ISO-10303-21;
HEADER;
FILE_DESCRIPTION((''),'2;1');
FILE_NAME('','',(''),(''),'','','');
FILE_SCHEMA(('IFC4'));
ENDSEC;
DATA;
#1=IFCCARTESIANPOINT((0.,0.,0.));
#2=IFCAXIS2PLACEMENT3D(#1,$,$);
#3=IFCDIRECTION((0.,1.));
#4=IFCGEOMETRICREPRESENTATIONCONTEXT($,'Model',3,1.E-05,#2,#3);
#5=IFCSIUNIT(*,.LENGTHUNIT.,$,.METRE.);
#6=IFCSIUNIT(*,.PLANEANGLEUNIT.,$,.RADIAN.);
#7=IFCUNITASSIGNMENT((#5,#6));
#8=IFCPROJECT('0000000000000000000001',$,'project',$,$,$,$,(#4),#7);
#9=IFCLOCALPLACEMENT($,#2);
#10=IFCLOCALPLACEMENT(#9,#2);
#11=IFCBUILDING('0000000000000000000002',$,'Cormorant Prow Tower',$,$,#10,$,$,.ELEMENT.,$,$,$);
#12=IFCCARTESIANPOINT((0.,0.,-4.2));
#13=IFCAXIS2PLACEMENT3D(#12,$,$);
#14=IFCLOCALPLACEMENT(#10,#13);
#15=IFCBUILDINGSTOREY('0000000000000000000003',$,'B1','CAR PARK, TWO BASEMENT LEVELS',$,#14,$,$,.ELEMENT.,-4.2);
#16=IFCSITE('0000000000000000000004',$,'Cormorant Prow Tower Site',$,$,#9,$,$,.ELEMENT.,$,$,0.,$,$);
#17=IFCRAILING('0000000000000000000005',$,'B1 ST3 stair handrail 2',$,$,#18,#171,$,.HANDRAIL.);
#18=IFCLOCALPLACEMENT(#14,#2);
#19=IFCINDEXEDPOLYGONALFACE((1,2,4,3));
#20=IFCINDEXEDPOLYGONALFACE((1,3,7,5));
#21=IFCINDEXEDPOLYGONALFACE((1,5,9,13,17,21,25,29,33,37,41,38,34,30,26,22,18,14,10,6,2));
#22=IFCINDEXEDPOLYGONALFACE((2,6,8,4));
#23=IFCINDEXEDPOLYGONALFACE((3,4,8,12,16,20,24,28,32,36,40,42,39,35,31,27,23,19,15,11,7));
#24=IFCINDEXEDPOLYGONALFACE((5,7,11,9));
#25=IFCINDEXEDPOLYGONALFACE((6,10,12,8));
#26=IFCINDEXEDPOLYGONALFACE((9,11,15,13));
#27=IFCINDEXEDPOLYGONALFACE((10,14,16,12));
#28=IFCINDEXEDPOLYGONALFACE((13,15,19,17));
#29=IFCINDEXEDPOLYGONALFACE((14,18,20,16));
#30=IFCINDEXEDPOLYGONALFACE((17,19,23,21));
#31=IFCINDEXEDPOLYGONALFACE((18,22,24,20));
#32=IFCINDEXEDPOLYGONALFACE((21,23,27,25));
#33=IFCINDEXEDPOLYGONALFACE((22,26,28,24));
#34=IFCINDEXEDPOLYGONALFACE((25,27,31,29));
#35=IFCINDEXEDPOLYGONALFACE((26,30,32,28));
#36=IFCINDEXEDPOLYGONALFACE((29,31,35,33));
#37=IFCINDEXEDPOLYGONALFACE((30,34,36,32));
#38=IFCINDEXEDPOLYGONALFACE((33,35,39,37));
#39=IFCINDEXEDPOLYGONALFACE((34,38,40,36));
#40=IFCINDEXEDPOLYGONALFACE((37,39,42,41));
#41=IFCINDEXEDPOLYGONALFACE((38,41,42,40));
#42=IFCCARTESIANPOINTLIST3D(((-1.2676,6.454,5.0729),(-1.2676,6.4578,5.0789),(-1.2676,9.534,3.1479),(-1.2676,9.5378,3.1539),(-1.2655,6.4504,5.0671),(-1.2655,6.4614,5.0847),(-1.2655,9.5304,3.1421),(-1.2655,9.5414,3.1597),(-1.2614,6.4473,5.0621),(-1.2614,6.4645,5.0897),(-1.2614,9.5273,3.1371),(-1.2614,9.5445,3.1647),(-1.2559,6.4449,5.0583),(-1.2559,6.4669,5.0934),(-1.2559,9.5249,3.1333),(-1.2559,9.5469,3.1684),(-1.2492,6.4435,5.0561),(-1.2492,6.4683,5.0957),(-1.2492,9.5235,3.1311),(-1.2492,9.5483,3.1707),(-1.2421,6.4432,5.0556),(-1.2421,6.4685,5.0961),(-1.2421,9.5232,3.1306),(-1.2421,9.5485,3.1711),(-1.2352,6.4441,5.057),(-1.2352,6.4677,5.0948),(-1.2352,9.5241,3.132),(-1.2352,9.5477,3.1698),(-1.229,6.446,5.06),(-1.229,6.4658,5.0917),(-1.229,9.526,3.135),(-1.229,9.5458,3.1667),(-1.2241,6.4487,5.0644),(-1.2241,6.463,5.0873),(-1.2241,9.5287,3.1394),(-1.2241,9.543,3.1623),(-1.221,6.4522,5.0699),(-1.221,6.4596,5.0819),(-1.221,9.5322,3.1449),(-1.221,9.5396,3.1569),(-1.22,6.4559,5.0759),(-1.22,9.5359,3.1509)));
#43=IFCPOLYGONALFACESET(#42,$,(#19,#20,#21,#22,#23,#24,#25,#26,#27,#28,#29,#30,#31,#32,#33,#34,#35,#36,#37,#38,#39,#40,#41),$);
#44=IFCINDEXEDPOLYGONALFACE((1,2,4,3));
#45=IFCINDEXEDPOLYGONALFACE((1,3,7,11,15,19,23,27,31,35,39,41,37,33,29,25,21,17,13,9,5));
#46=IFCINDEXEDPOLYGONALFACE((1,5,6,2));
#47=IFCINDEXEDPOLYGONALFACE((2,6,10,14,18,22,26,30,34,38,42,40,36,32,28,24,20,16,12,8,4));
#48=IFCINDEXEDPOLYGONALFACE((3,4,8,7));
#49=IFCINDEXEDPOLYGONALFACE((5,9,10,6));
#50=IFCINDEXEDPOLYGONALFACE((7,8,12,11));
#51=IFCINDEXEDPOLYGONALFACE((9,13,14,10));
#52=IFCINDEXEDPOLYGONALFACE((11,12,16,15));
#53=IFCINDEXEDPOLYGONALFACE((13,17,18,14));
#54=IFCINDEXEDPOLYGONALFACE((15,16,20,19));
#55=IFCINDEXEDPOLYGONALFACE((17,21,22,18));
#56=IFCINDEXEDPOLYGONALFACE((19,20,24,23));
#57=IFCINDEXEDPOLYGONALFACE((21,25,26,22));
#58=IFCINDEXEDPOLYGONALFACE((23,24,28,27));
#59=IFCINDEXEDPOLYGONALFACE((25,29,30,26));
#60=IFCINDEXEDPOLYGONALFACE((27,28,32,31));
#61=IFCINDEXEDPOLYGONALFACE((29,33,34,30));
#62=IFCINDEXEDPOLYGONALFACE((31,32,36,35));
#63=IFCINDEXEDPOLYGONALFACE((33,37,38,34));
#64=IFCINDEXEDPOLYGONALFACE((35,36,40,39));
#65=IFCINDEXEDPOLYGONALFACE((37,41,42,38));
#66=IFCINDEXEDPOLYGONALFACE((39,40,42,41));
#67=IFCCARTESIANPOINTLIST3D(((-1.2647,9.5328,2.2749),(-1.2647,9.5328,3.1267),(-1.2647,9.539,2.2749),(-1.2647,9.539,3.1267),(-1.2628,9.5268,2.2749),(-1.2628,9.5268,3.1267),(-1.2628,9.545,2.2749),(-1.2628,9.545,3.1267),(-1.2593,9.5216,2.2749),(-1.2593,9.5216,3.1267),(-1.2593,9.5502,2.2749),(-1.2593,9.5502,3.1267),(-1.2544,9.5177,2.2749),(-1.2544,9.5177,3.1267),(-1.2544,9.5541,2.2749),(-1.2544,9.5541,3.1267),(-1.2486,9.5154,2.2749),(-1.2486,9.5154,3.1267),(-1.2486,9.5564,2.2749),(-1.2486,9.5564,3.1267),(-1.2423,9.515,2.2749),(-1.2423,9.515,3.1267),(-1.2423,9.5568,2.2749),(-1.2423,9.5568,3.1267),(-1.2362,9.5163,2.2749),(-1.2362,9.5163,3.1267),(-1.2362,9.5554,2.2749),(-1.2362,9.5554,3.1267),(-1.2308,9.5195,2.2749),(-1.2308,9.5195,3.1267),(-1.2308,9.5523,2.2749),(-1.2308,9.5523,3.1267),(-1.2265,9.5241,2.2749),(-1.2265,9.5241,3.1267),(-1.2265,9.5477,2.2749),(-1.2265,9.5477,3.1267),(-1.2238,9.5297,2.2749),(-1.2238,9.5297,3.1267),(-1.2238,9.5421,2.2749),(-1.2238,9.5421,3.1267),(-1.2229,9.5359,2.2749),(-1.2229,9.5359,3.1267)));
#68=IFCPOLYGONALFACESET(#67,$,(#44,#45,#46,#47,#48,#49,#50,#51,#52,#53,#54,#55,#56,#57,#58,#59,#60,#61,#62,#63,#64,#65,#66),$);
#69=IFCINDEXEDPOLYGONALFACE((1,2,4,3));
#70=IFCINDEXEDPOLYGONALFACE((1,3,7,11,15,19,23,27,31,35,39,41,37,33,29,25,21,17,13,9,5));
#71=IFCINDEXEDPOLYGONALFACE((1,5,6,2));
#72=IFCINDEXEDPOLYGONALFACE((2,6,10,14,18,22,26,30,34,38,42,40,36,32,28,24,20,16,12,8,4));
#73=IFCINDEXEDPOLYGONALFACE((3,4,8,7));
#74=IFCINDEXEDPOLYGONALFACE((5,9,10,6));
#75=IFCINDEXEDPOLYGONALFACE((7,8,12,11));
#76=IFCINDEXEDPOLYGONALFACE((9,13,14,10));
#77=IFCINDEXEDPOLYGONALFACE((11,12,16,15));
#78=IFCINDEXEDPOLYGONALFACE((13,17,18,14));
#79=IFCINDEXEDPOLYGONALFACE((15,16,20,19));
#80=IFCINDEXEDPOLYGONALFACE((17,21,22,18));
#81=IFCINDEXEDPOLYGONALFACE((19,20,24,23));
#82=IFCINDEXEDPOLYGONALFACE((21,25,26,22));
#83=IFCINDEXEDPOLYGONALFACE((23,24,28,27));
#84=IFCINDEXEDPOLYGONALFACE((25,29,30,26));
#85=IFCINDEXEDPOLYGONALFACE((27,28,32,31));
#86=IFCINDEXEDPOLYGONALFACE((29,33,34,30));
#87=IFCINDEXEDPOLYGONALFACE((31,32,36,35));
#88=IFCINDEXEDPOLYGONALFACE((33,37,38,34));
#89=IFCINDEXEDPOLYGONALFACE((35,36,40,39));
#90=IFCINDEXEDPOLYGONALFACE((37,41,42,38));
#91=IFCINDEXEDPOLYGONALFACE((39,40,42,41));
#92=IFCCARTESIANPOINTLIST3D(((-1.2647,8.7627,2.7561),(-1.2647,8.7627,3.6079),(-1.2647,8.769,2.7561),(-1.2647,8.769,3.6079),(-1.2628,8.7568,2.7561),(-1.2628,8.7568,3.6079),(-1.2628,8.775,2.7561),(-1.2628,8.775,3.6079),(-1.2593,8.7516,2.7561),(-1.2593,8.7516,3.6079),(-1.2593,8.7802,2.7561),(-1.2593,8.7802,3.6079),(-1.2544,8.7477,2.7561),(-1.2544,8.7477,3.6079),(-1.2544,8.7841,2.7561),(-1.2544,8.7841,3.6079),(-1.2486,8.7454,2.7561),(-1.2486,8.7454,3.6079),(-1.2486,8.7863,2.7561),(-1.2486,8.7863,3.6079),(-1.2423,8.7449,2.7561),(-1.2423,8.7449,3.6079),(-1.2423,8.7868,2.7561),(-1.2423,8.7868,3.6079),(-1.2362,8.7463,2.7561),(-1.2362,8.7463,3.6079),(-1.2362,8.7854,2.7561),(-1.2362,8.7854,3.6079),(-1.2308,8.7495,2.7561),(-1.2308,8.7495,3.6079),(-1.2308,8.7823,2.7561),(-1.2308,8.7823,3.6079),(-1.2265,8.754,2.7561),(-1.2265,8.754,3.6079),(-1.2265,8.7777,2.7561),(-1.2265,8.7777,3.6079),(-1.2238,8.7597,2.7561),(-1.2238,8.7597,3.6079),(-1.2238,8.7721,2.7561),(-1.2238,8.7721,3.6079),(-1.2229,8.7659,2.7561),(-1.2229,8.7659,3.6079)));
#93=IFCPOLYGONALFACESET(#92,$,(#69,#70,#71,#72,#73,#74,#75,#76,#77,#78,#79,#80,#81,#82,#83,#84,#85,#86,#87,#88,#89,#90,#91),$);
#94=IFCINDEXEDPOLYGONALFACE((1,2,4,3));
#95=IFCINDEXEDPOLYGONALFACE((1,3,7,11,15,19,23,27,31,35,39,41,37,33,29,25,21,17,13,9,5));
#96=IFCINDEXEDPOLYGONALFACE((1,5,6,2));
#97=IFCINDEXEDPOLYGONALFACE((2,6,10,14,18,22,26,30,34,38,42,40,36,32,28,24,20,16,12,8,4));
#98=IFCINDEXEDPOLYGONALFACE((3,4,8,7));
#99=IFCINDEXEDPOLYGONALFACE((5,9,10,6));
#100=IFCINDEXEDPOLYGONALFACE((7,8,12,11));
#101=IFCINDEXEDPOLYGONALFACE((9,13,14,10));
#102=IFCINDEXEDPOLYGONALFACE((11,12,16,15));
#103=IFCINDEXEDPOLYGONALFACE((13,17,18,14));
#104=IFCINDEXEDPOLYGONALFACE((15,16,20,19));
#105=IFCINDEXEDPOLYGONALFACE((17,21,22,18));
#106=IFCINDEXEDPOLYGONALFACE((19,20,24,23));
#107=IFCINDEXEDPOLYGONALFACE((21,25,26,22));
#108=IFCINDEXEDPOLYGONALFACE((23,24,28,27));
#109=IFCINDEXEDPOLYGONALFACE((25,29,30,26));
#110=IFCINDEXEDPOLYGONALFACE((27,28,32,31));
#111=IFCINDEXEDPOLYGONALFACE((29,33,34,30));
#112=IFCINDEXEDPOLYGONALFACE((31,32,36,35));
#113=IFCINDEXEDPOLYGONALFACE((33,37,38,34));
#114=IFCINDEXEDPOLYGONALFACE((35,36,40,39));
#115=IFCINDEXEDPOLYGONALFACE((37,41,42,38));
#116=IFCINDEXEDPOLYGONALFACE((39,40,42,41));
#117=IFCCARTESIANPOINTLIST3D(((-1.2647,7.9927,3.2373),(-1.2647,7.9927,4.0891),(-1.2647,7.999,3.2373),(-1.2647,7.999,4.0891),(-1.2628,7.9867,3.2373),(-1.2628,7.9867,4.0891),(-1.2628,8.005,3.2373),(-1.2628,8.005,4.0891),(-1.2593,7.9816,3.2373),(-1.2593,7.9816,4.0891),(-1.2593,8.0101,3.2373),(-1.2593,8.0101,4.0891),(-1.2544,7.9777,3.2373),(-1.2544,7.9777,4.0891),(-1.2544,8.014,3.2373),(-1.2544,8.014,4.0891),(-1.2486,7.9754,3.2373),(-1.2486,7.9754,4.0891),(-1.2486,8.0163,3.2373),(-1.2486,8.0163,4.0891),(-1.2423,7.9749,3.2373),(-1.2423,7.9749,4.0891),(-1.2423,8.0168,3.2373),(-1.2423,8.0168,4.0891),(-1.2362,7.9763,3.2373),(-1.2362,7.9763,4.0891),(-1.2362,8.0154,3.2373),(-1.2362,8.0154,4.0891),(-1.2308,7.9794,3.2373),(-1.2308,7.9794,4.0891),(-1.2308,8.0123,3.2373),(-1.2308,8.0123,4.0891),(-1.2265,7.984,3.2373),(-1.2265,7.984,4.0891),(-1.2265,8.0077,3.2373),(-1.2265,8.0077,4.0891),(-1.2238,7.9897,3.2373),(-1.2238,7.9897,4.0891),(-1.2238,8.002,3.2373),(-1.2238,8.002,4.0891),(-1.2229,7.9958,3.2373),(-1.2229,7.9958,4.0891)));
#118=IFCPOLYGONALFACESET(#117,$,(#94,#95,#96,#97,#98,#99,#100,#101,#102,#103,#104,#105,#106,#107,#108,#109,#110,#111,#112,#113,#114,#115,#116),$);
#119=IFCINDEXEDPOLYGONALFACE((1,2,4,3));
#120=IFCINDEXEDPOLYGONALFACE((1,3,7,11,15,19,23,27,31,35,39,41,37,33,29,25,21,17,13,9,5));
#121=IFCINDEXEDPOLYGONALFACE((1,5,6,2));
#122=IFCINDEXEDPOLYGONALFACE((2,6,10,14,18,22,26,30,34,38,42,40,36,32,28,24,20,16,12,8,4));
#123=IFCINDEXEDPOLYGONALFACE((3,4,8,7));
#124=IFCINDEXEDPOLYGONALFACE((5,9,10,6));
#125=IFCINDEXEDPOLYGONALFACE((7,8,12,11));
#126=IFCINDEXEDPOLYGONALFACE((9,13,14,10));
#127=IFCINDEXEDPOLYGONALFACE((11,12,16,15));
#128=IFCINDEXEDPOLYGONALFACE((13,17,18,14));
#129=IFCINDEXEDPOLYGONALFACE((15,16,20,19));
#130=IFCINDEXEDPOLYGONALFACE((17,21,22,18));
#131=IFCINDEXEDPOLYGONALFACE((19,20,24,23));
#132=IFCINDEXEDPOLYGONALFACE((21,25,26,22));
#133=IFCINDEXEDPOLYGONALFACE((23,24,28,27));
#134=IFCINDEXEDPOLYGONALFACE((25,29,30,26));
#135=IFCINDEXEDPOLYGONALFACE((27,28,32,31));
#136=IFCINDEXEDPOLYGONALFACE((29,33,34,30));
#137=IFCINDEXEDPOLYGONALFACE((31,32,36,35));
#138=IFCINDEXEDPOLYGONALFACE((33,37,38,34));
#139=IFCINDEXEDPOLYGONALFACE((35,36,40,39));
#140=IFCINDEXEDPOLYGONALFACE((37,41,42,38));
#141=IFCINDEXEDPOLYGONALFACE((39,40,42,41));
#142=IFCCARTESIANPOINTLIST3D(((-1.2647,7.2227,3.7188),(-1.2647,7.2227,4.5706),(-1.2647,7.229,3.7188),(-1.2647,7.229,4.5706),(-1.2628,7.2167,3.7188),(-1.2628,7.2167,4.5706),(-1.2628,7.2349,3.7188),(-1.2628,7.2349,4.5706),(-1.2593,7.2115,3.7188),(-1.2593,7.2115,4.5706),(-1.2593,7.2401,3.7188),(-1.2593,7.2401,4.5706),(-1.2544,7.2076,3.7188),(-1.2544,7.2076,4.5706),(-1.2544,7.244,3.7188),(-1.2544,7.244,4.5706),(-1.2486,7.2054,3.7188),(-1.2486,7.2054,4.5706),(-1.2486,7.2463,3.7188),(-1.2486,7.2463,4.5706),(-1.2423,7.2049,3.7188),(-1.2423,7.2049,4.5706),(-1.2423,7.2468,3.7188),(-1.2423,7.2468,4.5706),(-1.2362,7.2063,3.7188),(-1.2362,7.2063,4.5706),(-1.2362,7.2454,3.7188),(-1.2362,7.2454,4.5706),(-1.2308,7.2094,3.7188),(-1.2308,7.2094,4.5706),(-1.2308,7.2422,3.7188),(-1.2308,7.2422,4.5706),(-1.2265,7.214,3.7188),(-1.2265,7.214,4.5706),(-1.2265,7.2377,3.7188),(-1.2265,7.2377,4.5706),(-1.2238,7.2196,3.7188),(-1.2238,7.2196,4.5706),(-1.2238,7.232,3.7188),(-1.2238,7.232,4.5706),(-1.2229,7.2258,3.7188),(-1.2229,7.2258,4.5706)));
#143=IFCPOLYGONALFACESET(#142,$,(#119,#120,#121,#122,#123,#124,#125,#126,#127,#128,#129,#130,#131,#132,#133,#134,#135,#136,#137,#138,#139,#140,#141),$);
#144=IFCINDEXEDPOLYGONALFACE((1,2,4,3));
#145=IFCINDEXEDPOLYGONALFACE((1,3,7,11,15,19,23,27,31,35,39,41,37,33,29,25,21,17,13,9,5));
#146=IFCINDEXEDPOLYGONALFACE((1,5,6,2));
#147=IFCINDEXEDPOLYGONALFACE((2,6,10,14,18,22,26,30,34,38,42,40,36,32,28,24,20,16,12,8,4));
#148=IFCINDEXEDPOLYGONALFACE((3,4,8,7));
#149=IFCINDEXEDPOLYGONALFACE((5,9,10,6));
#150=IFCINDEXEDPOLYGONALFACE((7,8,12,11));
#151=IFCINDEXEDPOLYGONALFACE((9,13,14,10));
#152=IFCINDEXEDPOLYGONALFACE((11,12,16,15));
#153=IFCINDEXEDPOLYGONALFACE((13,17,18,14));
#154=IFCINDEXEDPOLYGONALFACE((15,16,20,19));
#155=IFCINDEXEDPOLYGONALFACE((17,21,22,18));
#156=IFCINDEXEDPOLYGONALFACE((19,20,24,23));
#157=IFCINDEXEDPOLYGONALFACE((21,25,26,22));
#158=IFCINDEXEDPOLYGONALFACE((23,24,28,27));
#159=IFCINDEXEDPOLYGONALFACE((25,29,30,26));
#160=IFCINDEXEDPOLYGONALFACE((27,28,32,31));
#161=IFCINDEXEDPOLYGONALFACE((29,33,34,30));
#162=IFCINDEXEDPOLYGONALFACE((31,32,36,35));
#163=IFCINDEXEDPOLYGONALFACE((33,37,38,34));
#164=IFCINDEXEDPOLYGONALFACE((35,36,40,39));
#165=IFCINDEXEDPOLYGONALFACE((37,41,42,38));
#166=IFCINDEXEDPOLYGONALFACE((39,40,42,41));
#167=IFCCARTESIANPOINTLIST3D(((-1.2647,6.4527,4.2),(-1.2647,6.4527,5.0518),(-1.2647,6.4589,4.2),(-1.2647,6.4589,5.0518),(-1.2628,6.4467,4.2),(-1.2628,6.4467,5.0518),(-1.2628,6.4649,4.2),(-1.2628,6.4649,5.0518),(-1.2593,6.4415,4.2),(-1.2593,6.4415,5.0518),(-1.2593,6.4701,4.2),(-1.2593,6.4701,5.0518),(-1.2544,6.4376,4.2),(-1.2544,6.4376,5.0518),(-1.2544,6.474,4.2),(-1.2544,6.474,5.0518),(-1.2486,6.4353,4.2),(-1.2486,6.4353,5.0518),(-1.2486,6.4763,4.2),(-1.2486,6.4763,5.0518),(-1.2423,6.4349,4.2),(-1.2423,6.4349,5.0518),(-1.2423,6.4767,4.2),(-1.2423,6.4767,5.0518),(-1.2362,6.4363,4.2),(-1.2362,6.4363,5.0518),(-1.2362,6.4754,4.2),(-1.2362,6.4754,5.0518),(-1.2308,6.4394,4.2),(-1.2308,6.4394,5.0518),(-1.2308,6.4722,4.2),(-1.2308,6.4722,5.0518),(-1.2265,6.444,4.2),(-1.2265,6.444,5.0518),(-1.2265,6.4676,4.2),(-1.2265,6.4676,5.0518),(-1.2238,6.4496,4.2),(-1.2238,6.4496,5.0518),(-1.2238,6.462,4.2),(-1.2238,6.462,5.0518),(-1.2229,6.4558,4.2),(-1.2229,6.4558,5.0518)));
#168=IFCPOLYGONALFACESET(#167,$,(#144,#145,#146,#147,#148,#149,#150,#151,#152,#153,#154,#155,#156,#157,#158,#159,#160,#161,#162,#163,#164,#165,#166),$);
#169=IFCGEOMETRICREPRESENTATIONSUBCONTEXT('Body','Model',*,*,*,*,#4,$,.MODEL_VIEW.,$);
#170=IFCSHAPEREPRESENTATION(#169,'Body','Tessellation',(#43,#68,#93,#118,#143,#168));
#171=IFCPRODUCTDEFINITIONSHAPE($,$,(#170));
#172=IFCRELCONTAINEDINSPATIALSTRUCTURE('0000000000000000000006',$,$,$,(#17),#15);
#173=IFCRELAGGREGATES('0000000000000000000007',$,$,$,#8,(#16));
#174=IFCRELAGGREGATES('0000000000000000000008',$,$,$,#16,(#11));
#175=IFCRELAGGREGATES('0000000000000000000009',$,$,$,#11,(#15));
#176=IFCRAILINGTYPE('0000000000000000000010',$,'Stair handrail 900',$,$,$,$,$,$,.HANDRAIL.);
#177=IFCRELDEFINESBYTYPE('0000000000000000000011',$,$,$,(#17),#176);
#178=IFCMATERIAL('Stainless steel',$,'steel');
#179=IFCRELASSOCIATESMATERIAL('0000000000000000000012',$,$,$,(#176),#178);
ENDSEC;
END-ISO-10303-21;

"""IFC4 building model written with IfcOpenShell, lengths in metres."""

from ifc_helpers import new_model, si_unit, direction, frame, origin, origin_2d, place, context, subcontext, project, spatial, circle, extrude, material, type_object, element, save


model = new_model("IFC4")

# Units and contexts
model_context = context("Model", 3, precision=1e-05, world=origin(), true_north=direction((0.0, 1.0)))
body_context = subcontext(model_context, "Body", "Model", "MODEL_VIEW")
ifc_project = project(units=[si_unit("LENGTHUNIT", "METRE"), si_unit("PLANEANGLEUNIT", "RADIAN")], contexts=[model_context])

# Site, building, storey
site_placement = place(None, origin())
site = spatial("IfcSite", under=ifc_project, at=site_placement, Name="Cormorant Prow Tower Site", CompositionType="ELEMENT", RefElevation=0.0)
building_placement = place(site_placement, origin())
building = spatial("IfcBuilding", under=site, at=building_placement, Name="Cormorant Prow Tower", CompositionType="ELEMENT")
storey_placement = place(building_placement, frame((0.0, 0.0, -4.2)))
storey = spatial("IfcBuildingStorey", under=building, at=storey_placement, Name="B1", Description="CAR PARK, TWO BASEMENT LEVELS", CompositionType="ELEMENT", Elevation=-4.2)

# Railing
ifc_material_1 = material(Name="Stainless steel", Category="steel")
railing_type_1 = type_object("IfcRailingType", Name="Stair handrail 900", PredefinedType="HANDRAIL", material=ifc_material_1)
railing_1_placement = place(storey_placement, frame((-1.2439, 9.5359, 2.2749)))
element("IfcRailing", 1, at=railing_1_placement, inside=storey, type_object=railing_type_1, Name="B1 ST3 stair handrail 2", PredefinedType="HANDRAIL", context=body_context, shape_type="SweptSolid", body=[
    extrude(circle(Radius=0.0239, at=origin_2d()), frame((0.0, 0.0, 0.876), z_axis=(0.0, -0.847998, 0.529999), x_axis=(1.0, 0.0, 0.0)), (0.0, 0.0, 1.0), 3.6321),
    extrude(circle(Radius=0.021, at=origin_2d()), origin(), (0.0, 0.0, 1.0), 0.8518),
    extrude(circle(Radius=0.021, at=origin_2d()), frame((0.0, -0.77, 0.4812)), (0.0, 0.0, 1.0), 0.8518),
    extrude(circle(Radius=0.021, at=origin_2d()), frame((0.0, -1.54, 0.9624)), (0.0, 0.0, 1.0), 0.8518),
    extrude(circle(Radius=0.021, at=origin_2d()), frame((0.0, -2.3101, 1.4438)), (0.0, 0.0, 1.0), 0.8518),
    extrude(circle(Radius=0.021, at=origin_2d()), frame((0.0, -3.0801, 1.925)), (0.0, 0.0, 1.0), 0.8518),
])

save(model, "model.ifc")
